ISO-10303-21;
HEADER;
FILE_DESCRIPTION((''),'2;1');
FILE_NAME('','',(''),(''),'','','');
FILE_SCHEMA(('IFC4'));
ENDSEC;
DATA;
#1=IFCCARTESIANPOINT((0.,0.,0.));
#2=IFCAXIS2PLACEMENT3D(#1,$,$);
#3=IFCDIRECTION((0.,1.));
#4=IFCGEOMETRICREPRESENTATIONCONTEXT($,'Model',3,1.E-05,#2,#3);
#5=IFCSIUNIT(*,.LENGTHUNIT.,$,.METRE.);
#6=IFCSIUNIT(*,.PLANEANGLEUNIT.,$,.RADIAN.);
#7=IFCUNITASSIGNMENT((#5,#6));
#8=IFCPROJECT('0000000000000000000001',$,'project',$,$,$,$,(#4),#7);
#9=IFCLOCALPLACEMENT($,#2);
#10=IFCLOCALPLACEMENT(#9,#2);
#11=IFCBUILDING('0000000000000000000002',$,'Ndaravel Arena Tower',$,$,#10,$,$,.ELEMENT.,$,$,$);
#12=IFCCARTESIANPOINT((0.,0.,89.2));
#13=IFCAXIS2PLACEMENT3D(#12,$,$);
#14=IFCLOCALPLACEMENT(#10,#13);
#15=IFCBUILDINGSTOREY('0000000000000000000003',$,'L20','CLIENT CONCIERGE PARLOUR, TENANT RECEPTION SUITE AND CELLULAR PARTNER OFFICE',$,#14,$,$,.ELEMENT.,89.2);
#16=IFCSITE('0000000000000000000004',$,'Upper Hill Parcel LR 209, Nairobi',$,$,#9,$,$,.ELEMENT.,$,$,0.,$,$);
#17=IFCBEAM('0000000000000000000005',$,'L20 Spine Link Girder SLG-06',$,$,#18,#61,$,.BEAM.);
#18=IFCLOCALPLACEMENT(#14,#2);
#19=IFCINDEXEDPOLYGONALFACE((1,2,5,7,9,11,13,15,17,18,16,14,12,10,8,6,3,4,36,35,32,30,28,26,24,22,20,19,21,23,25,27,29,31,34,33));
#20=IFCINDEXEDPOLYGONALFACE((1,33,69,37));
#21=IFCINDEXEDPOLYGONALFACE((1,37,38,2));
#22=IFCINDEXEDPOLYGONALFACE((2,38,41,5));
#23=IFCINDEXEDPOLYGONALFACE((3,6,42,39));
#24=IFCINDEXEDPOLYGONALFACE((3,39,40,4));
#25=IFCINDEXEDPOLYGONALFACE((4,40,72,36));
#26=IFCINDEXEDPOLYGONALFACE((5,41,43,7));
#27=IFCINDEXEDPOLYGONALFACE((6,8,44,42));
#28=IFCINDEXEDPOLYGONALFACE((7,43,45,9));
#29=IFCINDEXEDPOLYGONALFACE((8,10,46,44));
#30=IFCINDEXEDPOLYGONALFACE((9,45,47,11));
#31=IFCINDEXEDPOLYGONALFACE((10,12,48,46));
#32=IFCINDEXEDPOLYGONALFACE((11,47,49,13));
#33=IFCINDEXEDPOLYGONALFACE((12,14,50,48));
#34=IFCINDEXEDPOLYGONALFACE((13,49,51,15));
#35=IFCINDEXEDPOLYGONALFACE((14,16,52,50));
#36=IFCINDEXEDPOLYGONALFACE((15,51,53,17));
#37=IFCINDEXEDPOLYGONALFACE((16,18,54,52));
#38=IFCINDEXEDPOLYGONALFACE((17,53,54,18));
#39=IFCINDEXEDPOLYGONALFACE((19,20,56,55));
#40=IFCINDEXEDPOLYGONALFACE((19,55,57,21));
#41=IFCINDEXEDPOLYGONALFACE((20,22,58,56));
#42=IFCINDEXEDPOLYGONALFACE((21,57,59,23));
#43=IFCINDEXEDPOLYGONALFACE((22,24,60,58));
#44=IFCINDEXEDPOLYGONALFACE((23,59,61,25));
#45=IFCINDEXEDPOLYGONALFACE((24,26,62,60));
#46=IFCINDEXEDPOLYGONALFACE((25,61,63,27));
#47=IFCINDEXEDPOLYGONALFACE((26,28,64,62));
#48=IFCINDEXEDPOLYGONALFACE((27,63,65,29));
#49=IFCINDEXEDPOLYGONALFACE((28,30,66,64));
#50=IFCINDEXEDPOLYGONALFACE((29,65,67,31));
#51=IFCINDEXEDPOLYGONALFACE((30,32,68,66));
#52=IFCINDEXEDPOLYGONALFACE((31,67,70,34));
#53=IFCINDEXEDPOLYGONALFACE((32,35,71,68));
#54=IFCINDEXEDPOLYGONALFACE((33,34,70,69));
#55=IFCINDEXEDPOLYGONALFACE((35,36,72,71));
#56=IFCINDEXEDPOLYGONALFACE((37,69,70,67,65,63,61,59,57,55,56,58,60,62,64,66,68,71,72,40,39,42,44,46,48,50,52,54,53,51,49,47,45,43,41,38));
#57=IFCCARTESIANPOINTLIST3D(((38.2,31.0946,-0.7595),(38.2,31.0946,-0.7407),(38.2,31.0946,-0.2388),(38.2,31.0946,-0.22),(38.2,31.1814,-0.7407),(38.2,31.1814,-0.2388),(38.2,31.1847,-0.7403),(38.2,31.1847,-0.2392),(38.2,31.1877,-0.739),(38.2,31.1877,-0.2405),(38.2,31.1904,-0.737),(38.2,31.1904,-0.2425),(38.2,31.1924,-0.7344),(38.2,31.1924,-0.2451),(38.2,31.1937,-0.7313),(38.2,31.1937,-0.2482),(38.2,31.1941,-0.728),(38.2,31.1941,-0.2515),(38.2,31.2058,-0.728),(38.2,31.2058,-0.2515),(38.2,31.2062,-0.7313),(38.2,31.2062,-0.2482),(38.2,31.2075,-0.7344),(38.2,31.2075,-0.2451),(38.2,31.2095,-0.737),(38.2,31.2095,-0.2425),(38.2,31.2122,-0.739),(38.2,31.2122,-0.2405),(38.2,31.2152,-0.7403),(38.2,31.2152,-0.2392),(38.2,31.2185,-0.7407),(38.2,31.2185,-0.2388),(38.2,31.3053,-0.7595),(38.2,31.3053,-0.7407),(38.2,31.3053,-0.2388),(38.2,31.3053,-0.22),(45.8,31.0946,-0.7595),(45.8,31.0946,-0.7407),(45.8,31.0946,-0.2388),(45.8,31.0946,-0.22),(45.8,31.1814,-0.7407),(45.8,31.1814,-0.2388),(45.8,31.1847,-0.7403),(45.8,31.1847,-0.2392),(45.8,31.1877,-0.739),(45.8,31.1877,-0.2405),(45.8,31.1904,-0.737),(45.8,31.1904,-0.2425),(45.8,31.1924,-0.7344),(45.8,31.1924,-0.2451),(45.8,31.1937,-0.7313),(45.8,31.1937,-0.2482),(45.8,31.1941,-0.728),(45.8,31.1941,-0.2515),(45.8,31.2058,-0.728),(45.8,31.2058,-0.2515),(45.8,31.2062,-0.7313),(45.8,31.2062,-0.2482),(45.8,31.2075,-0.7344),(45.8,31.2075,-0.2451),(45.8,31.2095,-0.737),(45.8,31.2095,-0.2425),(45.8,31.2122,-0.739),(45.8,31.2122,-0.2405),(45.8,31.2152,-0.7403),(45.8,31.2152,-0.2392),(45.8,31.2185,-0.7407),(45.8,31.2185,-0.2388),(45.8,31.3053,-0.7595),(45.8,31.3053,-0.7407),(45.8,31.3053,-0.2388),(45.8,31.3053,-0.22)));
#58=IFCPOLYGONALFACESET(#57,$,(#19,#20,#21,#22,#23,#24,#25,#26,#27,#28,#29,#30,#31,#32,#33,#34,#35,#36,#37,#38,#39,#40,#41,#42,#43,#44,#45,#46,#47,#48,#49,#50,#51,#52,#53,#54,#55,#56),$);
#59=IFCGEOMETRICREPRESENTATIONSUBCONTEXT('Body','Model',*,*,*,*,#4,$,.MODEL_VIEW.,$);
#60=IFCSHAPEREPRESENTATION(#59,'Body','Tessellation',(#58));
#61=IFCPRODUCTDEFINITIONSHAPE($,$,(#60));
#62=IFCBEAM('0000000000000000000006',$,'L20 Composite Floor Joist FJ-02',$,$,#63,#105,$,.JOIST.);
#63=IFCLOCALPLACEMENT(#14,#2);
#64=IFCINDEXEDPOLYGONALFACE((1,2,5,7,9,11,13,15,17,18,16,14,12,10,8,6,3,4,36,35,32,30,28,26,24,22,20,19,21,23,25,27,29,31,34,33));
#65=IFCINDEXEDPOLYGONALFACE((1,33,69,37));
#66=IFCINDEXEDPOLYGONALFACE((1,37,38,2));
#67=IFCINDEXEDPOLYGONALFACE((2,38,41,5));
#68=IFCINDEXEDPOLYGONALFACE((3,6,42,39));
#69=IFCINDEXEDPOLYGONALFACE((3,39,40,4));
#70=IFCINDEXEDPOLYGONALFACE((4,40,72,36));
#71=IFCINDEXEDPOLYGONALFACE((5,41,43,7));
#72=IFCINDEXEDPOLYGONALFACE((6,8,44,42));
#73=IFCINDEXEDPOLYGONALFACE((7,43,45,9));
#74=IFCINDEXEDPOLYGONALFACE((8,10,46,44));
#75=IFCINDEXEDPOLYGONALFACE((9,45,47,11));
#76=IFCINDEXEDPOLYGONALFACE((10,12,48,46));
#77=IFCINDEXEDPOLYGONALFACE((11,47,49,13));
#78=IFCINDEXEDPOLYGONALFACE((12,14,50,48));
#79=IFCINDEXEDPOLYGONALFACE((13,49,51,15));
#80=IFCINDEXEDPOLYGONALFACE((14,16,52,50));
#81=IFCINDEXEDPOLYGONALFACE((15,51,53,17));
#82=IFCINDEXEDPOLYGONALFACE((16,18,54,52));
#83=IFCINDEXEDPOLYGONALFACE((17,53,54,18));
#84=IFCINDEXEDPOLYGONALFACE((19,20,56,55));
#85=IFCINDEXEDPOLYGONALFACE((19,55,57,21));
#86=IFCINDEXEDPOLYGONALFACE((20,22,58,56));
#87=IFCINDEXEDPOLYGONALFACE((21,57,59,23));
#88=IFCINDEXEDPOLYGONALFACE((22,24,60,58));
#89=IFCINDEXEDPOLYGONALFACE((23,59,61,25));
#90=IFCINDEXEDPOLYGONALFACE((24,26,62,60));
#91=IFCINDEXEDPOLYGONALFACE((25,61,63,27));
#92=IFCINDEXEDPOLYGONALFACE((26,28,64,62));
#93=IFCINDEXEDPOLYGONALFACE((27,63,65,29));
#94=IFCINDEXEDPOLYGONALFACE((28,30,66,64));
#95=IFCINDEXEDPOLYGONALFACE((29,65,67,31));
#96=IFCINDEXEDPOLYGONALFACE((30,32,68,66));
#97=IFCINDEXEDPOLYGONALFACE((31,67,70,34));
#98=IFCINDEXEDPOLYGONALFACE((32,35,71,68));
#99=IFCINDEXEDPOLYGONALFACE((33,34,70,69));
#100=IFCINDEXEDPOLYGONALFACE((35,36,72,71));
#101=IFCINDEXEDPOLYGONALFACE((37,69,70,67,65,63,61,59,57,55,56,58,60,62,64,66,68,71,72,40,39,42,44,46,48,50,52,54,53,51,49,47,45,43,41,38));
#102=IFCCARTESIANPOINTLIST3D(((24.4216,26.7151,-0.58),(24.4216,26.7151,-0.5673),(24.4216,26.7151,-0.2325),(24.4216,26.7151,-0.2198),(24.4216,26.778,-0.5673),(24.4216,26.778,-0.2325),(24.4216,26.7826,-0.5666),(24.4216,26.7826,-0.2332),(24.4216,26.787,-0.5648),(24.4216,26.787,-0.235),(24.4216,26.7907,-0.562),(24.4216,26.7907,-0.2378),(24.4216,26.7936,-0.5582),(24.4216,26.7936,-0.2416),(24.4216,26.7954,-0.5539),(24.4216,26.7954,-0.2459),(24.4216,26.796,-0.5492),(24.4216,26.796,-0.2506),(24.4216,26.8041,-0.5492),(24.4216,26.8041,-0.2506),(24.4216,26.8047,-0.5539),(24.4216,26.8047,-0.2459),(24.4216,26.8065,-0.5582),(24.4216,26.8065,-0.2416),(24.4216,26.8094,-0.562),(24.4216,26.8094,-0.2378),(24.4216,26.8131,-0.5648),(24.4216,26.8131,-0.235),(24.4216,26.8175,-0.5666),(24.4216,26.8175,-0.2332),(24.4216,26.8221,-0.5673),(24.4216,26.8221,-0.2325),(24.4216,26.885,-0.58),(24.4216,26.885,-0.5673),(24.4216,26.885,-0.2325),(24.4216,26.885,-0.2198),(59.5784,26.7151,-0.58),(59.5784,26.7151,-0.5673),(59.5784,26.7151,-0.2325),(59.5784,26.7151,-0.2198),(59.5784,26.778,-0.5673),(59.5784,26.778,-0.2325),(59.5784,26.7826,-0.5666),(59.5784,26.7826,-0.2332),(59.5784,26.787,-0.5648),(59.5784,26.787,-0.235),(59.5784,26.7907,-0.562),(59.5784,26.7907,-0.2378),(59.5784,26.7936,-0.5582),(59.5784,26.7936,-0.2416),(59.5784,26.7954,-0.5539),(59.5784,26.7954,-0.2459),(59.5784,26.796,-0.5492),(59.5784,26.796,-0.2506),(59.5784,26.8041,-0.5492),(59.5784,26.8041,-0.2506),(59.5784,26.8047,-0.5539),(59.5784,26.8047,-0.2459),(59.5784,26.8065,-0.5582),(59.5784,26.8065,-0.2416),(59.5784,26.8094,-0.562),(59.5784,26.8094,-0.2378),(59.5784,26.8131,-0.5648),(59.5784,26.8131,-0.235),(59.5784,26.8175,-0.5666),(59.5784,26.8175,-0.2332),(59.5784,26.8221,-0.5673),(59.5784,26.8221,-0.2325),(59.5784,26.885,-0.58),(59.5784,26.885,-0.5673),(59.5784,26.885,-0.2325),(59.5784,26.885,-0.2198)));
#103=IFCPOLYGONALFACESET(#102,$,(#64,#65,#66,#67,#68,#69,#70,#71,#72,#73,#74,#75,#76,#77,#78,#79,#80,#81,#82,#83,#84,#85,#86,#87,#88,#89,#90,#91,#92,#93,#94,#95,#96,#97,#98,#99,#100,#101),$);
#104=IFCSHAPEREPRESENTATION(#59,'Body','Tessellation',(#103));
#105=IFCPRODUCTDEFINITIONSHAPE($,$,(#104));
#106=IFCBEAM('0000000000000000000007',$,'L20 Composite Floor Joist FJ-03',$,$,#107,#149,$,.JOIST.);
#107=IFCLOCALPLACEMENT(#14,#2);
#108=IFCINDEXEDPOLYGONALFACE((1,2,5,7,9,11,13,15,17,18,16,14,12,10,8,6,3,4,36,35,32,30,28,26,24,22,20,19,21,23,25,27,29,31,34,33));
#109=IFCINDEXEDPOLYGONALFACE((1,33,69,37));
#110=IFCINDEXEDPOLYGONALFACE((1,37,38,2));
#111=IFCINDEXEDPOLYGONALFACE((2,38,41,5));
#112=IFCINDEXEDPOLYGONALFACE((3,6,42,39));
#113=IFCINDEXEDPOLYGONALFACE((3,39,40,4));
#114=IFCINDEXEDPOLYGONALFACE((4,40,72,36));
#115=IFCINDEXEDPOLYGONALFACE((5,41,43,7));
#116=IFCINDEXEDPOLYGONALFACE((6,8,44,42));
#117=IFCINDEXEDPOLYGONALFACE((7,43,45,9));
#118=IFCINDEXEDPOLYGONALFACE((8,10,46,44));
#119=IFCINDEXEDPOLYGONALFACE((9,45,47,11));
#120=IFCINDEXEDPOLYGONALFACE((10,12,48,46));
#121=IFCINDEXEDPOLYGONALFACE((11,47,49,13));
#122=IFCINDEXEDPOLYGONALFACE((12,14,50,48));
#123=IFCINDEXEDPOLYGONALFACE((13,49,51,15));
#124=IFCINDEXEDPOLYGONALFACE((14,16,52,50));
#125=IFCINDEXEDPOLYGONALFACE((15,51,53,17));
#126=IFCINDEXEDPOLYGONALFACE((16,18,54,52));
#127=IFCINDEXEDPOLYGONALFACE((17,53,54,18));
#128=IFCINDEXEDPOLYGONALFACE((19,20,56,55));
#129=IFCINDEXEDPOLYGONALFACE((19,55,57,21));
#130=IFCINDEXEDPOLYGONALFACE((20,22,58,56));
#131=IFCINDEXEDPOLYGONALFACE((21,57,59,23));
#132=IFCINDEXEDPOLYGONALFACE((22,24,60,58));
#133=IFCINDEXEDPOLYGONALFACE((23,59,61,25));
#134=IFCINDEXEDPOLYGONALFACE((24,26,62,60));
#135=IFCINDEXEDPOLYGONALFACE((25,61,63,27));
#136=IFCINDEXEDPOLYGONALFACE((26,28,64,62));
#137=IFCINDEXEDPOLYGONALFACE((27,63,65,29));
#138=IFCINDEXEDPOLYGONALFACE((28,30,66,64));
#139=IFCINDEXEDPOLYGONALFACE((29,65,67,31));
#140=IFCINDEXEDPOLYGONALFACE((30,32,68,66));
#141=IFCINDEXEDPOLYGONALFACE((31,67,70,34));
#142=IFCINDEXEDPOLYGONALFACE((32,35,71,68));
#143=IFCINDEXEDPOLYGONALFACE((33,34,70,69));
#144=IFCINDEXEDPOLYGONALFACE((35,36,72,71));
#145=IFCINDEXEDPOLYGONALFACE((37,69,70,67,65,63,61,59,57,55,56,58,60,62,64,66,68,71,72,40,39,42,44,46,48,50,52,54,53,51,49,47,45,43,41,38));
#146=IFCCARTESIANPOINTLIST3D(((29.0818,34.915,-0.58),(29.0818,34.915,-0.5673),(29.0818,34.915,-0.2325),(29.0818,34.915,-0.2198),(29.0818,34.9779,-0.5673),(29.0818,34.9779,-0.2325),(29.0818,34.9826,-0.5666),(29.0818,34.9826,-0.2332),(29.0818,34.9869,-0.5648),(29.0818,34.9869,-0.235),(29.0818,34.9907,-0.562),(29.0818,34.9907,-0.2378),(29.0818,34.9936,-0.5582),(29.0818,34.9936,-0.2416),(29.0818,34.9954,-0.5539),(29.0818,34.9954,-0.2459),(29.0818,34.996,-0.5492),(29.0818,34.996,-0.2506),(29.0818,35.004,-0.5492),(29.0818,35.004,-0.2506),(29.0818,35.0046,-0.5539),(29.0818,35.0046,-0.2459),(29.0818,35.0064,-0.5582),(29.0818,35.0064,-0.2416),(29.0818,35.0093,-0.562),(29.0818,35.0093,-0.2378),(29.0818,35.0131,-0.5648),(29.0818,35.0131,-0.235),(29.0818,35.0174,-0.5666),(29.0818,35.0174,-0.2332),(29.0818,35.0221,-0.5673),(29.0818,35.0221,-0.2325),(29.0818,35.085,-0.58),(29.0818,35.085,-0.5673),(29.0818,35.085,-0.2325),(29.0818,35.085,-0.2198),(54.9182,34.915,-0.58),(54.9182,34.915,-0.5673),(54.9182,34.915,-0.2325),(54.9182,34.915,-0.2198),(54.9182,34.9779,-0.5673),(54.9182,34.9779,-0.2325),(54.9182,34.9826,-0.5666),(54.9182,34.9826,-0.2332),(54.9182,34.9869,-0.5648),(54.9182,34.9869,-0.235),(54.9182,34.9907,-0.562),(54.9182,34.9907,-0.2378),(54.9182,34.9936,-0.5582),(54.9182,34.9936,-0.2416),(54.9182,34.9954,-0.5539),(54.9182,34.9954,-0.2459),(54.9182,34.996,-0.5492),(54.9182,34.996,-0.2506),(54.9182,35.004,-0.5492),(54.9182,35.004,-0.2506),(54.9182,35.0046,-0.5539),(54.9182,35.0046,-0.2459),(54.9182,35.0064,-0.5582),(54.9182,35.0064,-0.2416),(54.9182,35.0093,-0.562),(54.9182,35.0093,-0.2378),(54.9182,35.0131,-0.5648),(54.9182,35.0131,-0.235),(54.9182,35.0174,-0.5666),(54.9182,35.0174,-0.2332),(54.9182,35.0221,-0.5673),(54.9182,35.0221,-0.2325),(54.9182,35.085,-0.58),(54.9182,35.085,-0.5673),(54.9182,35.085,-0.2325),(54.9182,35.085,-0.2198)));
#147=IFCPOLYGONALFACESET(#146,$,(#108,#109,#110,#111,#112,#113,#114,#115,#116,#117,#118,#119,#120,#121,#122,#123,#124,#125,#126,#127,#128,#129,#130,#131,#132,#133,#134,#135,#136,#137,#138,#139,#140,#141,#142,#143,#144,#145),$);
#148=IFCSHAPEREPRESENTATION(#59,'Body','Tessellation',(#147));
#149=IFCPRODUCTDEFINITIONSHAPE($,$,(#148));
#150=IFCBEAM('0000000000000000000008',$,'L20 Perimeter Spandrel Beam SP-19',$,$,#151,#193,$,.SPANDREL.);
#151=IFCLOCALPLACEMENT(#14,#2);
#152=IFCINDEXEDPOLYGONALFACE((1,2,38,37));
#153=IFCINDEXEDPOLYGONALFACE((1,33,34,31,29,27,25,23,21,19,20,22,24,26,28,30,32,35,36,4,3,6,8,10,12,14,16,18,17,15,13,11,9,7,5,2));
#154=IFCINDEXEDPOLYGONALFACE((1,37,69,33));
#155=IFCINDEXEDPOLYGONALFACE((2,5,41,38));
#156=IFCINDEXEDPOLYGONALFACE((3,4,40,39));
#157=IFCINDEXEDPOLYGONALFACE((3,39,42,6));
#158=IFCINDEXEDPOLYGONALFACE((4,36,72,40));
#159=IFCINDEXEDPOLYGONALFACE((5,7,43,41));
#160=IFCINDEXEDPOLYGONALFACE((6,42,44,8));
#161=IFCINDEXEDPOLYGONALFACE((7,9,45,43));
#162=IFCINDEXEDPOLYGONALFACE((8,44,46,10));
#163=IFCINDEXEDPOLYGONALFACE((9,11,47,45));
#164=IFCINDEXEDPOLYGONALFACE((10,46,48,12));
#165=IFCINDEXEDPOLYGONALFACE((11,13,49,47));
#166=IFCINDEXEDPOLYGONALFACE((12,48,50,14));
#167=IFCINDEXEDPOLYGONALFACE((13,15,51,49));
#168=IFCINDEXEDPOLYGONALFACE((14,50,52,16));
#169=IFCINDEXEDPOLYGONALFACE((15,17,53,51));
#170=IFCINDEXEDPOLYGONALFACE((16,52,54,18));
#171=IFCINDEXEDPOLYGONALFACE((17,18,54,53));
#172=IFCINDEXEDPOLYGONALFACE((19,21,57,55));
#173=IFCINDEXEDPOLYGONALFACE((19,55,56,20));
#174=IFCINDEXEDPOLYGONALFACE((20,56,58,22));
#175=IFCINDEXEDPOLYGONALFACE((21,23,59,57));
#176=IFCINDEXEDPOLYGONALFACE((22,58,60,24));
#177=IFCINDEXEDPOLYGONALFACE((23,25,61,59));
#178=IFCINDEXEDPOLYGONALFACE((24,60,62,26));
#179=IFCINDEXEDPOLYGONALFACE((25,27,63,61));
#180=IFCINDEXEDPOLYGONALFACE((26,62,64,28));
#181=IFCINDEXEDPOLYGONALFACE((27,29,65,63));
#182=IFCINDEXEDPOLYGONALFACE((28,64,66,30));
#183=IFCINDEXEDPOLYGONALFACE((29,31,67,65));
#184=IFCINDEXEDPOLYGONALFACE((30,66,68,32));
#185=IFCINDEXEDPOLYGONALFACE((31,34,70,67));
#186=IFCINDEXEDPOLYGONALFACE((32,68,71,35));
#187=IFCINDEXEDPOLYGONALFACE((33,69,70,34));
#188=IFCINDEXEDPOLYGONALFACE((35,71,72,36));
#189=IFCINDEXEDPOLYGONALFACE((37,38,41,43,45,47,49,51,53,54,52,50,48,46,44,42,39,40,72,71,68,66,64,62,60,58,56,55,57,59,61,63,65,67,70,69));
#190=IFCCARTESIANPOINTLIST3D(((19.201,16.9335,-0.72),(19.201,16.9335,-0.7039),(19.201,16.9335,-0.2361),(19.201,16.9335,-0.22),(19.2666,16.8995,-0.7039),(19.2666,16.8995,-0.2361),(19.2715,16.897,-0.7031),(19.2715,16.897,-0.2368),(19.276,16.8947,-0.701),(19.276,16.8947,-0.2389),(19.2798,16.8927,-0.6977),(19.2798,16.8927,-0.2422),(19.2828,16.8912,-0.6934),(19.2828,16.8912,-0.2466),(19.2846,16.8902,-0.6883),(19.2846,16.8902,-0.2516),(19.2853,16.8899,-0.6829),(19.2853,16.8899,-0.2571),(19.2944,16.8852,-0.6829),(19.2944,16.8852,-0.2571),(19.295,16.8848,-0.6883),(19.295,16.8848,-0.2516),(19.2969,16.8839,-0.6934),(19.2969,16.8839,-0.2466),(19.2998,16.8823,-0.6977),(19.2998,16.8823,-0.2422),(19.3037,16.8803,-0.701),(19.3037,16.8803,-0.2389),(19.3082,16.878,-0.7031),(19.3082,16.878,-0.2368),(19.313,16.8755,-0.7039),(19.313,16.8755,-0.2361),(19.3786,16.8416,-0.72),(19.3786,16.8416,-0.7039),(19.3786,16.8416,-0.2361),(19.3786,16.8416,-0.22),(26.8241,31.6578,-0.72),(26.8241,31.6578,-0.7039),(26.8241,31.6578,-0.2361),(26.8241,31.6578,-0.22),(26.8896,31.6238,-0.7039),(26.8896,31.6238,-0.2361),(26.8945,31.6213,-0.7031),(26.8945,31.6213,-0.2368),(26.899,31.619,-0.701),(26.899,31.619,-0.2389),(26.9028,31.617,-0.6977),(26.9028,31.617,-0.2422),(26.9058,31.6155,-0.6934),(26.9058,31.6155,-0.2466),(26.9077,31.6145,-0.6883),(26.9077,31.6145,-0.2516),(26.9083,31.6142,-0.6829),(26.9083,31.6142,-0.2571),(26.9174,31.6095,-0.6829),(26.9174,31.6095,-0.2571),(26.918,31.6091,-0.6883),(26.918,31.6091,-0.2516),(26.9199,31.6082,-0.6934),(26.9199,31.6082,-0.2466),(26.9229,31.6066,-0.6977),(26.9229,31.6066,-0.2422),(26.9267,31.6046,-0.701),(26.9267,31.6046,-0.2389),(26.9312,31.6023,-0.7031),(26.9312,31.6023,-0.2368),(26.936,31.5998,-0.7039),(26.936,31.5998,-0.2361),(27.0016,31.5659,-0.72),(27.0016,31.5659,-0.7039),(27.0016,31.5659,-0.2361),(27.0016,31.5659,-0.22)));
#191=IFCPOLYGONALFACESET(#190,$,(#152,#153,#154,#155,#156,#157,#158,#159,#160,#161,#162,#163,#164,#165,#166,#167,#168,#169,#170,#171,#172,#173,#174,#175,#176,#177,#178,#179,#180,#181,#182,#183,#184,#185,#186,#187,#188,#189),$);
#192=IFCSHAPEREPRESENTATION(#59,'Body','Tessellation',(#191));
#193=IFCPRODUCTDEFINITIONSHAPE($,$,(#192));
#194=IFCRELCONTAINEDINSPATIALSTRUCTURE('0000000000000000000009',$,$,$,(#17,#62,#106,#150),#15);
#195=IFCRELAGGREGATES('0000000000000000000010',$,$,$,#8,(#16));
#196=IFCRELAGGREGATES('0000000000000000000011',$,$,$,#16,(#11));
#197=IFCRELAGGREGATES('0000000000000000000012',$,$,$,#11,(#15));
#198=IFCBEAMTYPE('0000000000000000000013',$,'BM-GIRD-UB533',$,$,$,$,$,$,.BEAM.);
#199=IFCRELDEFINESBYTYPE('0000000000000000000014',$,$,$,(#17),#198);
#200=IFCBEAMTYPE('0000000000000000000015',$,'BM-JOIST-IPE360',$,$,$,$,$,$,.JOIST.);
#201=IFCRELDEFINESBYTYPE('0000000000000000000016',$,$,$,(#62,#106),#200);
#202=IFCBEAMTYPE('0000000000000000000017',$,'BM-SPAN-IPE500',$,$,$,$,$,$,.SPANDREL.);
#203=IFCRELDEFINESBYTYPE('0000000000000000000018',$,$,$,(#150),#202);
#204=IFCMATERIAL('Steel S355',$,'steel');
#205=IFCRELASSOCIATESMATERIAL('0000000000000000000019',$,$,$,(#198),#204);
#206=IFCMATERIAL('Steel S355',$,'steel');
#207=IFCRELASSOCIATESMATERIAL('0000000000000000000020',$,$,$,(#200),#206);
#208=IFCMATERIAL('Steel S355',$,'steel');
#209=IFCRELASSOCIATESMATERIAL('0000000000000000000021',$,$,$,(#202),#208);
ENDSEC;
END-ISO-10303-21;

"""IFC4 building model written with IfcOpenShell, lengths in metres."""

from ifc_helpers import new_model, si_unit, direction, frame, origin, origin_2d, place, context, subcontext, project, spatial, i_section, extrude, material, material_profile, profile_set, type_object, element, save


model = new_model("IFC4")

# Units and contexts
model_context = context("Model", 3, precision=1e-05, world=origin(), true_north=direction((0.0, 1.0)))
body_context = subcontext(model_context, "Body", "Model", "MODEL_VIEW")
ifc_project = project(units=[si_unit("LENGTHUNIT", "METRE"), si_unit("PLANEANGLEUNIT", "RADIAN")], contexts=[model_context])

# Site, building, storey
site_placement = place(None, origin())
site = spatial("IfcSite", under=ifc_project, at=site_placement, Name="Upper Hill Parcel LR 209, Nairobi", CompositionType="ELEMENT", RefElevation=0.0)
building_placement = place(site_placement, origin())
building = spatial("IfcBuilding", under=site, at=building_placement, Name="Ndaravel Arena Tower", CompositionType="ELEMENT")
storey_placement = place(building_placement, frame((0.0, 0.0, 89.2)))
storey = spatial("IfcBuildingStorey", under=building, at=storey_placement, Name="L20", Description="CLIENT CONCIERGE PARLOUR, TENANT RECEPTION SUITE AND CELLULAR PARTNER OFFICE", CompositionType="ELEMENT", Elevation=89.2)

# Beams
ifc_material_1 = material(Name="Steel S355", Category="steel")
ifc_material_profile_1 = material_profile(ifc_material_1, i_section(OverallWidth=0.2107, OverallDepth=0.5396, WebThickness=0.0117, FlangeThickness=0.0188, FilletRadius=0.0127, at=origin_2d()), Name="UB 533x210x109")
ifc_profile_set_1 = profile_set([ifc_material_profile_1], Name="Steel S355")
beam_type_1 = type_object("IfcBeamType", Name="BM-GIRD-UB533", PredefinedType="BEAM", material=ifc_profile_set_1)
beam_1_placement = place(storey_placement, frame((38.2, 31.2, -0.4897), z_axis=(1.0, 0.0, 0.0), x_axis=(0.0, 1.0, 0.0)))
element("IfcBeam", 1, at=beam_1_placement, inside=storey, type_object=beam_type_1, Name="L20 Spine Link Girder SLG-06", PredefinedType="BEAM", context=body_context, shape_type="SweptSolid", body=[
    extrude(i_section(OverallWidth=0.2107, OverallDepth=0.5396, WebThickness=0.0117, FlangeThickness=0.0188, FilletRadius=0.0127, at=origin_2d()), origin(), (0.0, 0.0, 1.0), 7.6001),
])
ifc_material_2 = material(Name="Steel S355", Category="steel")
ifc_material_profile_2 = material_profile(ifc_material_2, i_section(OverallWidth=0.1699, OverallDepth=0.3601, WebThickness=0.0081, FlangeThickness=0.0127, FilletRadius=0.0181, at=origin_2d()), Name="IPE 360")
ifc_profile_set_2 = profile_set([ifc_material_profile_2], Name="Steel S355")
beam_type_2 = type_object("IfcBeamType", Name="BM-JOIST-IPE360", PredefinedType="JOIST", material=ifc_profile_set_2)
beam_2_placement = place(storey_placement, frame((24.4216, 26.8, -0.3999), z_axis=(1.0, 0.0, 0.0), x_axis=(0.0, 1.0, 0.0)))
element("IfcBeam", 2, at=beam_2_placement, inside=storey, type_object=beam_type_2, Name="L20 Composite Floor Joist FJ-02", PredefinedType="JOIST", context=body_context, shape_type="SweptSolid", body=[
    extrude(i_section(OverallWidth=0.1699, OverallDepth=0.3601, WebThickness=0.0081, FlangeThickness=0.0127, FilletRadius=0.0181, at=origin_2d()), origin(), (0.0, 0.0, 1.0), 35.1567),
])
beam_3_placement = place(storey_placement, frame((29.0818, 35.0, -0.3999), z_axis=(1.0, 0.0, 0.0), x_axis=(0.0, 1.0, 0.0)))
element("IfcBeam", 3, at=beam_3_placement, inside=storey, type_object=beam_type_2, Name="L20 Composite Floor Joist FJ-03", PredefinedType="JOIST", context=body_context, shape_type="SweptSolid", body=[
    extrude(i_section(OverallWidth=0.1699, OverallDepth=0.3601, WebThickness=0.0081, FlangeThickness=0.0127, FilletRadius=0.0181, at=origin_2d()), origin(), (0.0, 0.0, 1.0), 25.8364),
])
ifc_material_3 = material(Name="Steel S355", Category="steel")
ifc_material_profile_3 = material_profile(ifc_material_3, i_section(OverallWidth=0.2, OverallDepth=0.5, WebThickness=0.0103, FlangeThickness=0.0161, FilletRadius=0.021, at=origin_2d()), Name="IPE 500")
ifc_profile_set_3 = profile_set([ifc_material_profile_3], Name="Steel S355")
beam_type_3 = type_object("IfcBeamType", Name="BM-SPAN-IPE500", PredefinedType="SPANDREL", material=ifc_profile_set_3)
beam_4_placement = place(storey_placement, frame((26.9128, 31.6118, -0.47), z_axis=(-0.459756, -0.888045, 0.0), x_axis=(0.888045, -0.459756, 0.0)))
element("IfcBeam", 4, at=beam_4_placement, inside=storey, type_object=beam_type_3, Name="L20 Perimeter Spandrel Beam SP-19", PredefinedType="SPANDREL", context=body_context, shape_type="SweptSolid", body=[
    extrude(i_section(OverallWidth=0.2, OverallDepth=0.5, WebThickness=0.0103, FlangeThickness=0.0161, FilletRadius=0.021, at=origin_2d()), origin(), (0.0, 0.0, 1.0), 16.5806),
])

save(model, "model.ifc")
